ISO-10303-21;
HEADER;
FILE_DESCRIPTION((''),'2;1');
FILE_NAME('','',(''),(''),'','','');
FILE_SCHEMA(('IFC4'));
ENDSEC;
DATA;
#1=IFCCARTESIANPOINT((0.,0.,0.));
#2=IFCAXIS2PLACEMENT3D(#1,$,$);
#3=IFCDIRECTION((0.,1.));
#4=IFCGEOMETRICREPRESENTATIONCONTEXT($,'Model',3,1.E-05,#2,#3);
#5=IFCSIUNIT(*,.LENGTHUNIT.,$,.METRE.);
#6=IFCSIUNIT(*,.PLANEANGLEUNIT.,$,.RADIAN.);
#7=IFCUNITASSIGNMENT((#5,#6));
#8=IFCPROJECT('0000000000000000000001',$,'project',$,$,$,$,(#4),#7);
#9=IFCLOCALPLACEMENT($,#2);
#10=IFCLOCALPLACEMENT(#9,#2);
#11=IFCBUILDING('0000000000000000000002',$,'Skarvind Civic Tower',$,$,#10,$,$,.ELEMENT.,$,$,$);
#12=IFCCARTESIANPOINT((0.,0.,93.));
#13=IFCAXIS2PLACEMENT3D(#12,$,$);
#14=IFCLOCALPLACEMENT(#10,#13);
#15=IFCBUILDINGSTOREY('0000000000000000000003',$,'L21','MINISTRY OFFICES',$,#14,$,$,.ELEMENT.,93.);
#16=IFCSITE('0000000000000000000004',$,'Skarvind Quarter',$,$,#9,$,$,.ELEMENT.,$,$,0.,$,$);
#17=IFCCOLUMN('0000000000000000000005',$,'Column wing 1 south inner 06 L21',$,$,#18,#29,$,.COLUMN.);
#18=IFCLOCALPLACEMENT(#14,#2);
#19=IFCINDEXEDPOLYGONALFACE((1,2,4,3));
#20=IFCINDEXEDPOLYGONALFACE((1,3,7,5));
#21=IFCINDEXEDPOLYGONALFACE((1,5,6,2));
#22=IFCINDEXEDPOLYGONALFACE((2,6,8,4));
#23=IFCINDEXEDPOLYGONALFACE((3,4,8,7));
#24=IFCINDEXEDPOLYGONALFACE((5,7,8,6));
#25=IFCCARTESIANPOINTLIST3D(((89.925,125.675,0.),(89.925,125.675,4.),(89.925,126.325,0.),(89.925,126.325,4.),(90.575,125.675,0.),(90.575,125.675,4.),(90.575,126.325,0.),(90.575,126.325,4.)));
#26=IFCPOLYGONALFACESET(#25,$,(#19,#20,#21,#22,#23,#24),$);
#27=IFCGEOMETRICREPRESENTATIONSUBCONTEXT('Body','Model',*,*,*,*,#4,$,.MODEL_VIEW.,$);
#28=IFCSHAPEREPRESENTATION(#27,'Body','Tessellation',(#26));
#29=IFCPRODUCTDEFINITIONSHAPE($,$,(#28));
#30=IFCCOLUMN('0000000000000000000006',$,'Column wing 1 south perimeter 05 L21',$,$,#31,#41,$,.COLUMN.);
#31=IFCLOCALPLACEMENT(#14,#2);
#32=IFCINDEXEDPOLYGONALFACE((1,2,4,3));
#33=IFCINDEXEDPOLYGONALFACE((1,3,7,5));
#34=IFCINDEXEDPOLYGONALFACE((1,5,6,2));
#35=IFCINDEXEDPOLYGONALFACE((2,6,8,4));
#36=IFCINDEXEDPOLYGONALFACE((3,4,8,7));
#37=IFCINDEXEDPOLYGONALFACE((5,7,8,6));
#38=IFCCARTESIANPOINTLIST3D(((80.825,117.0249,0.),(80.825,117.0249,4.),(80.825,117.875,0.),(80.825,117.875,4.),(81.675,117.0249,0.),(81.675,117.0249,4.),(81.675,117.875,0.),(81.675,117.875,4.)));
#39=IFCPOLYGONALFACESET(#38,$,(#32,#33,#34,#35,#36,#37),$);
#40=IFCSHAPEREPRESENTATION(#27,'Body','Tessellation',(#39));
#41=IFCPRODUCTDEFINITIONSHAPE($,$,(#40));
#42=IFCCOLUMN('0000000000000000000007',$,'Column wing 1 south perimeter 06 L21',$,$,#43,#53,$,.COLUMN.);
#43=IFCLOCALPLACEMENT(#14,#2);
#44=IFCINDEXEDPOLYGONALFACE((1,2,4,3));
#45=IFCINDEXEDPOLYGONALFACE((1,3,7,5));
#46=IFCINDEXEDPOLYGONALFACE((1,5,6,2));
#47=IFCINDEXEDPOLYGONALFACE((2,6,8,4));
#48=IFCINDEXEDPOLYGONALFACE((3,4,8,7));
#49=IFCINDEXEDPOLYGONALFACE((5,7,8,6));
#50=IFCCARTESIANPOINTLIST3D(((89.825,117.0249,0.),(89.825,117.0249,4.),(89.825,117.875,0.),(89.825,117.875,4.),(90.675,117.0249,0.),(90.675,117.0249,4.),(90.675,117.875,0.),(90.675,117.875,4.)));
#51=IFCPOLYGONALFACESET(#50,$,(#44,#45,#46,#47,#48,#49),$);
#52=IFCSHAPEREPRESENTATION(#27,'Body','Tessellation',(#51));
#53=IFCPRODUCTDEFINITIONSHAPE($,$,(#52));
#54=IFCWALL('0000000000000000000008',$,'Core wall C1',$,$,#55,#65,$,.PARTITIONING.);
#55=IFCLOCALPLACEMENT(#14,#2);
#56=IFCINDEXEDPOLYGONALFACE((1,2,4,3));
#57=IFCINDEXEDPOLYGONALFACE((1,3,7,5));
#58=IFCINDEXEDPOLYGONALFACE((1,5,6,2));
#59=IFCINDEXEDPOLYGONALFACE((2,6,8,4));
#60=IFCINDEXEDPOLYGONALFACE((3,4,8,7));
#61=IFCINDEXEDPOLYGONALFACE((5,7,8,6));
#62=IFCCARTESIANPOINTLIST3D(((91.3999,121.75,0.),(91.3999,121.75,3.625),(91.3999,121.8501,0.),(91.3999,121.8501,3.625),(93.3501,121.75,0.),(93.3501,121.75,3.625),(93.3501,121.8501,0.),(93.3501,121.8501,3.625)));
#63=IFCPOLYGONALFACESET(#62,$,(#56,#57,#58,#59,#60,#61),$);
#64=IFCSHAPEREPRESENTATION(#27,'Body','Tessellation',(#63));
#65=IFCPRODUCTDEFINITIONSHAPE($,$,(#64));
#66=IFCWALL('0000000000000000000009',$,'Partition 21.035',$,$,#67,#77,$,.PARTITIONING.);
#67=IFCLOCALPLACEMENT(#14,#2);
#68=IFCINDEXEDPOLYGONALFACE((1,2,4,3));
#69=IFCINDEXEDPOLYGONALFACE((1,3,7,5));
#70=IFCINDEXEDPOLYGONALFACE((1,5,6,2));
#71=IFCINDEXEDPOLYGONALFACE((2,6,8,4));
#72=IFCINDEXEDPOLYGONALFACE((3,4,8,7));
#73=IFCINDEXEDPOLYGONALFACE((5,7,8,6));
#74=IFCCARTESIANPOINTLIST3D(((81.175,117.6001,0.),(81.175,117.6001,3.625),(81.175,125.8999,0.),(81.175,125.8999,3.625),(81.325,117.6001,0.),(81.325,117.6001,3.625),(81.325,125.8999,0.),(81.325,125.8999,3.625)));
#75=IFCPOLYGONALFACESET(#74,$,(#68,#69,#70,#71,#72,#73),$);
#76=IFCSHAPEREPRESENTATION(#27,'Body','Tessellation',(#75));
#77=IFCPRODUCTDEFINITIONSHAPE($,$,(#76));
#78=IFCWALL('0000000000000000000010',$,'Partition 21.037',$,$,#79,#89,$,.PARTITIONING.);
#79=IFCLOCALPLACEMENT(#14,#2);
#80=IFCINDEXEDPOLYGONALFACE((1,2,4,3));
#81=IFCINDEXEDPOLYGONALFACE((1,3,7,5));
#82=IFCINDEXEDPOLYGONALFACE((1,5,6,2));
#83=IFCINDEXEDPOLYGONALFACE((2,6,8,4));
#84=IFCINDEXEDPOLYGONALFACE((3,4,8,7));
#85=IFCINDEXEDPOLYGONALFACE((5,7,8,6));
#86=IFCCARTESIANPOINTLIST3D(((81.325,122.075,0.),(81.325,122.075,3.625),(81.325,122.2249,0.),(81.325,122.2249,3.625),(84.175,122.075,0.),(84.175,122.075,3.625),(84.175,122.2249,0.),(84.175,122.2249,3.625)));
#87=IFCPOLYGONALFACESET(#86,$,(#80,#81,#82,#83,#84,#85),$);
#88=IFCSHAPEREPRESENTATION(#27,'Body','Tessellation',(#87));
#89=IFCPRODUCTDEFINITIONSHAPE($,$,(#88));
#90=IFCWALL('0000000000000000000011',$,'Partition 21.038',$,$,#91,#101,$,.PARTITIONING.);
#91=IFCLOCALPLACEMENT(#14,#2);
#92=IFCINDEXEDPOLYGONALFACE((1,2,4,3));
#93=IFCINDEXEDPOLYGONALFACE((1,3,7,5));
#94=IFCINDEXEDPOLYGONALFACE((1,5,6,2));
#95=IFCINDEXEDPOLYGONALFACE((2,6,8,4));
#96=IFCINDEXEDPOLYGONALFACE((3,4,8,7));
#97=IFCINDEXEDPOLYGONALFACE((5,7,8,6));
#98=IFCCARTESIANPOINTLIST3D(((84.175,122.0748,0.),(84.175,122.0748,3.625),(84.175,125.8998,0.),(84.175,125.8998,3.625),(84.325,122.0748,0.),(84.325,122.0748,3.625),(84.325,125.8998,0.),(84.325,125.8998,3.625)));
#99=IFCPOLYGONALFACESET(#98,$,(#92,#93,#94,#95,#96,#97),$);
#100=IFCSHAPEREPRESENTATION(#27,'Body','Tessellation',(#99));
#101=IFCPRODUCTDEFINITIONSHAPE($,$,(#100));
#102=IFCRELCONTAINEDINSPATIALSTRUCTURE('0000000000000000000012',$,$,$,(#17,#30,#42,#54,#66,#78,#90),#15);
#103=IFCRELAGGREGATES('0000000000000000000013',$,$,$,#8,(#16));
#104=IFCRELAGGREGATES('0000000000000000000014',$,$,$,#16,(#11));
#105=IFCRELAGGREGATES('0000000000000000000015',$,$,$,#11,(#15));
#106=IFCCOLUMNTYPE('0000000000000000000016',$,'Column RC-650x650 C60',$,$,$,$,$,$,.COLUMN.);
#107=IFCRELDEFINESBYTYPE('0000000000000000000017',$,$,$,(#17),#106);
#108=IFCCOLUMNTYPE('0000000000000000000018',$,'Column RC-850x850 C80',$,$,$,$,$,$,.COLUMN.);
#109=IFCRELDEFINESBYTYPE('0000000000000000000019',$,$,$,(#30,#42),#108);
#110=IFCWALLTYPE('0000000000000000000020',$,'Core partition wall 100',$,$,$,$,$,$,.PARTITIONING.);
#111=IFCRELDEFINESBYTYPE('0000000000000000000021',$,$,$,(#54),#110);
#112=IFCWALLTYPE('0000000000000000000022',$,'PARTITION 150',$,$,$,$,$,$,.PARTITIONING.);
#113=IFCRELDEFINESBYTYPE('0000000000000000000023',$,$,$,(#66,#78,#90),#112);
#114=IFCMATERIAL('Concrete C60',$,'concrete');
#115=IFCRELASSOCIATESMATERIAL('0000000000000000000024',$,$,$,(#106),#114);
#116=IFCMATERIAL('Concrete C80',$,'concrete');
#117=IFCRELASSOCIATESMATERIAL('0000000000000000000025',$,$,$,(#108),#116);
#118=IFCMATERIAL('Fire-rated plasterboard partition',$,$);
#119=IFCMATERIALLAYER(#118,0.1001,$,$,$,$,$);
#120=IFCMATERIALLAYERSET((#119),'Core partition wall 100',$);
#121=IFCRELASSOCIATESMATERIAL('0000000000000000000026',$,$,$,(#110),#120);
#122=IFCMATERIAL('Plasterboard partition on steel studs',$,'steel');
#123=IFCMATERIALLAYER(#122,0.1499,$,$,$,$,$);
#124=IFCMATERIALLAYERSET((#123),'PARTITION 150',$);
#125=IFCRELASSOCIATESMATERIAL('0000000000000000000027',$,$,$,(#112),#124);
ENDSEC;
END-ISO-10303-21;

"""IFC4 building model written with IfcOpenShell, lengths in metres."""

from ifc_helpers import new_model, si_unit, direction, frame, frame_2d, origin, origin_2d, place, context, subcontext, project, spatial, rectangle, extrude, material, layer, layer_set, material_profile, profile_set, type_object, element, save


model = new_model("IFC4")

# Units and contexts
model_context = context("Model", 3, precision=1e-05, world=origin(), true_north=direction((0.0, 1.0)))
body_context = subcontext(model_context, "Body", "Model", "MODEL_VIEW")
ifc_project = project(units=[si_unit("LENGTHUNIT", "METRE"), si_unit("PLANEANGLEUNIT", "RADIAN")], contexts=[model_context])

# Site, building, storey
site_placement = place(None, origin())
site = spatial("IfcSite", under=ifc_project, at=site_placement, Name="Skarvind Quarter", CompositionType="ELEMENT", RefElevation=0.0)
building_placement = place(site_placement, origin())
building = spatial("IfcBuilding", under=site, at=building_placement, Name="Skarvind Civic Tower", CompositionType="ELEMENT")
storey_placement = place(building_placement, frame((0.0, 0.0, 93.0)))
storey = spatial("IfcBuildingStorey", under=building, at=storey_placement, Name="L21", Description="MINISTRY OFFICES", CompositionType="ELEMENT", Elevation=93.0)

# Columns
ifc_material_1 = material(Name="Concrete C60", Category="concrete")
ifc_material_profile_1 = material_profile(ifc_material_1, rectangle(XDim=0.6499, YDim=0.6499, at=origin_2d()), Name="RC-650x650")
ifc_profile_set_1 = profile_set([ifc_material_profile_1], Name="Concrete C60")
column_type_1 = type_object("IfcColumnType", Name="Column RC-650x650 C60", PredefinedType="COLUMN", material=ifc_profile_set_1)
column_placement = place(storey_placement, frame((90.25, 126.0, 0.0), z_axis=(0.0, 0.0, 1.0), x_axis=(1.0, 0.0, 0.0)))
element("IfcColumn", 1, at=column_placement, inside=storey, type_object=column_type_1, Name="Column wing 1 south inner 06 L21", PredefinedType="COLUMN", context=body_context, shape_type="SweptSolid", body=[
    extrude(rectangle(XDim=0.6499, YDim=0.6499, at=origin_2d()), origin(), (0.0, 0.0, 1.0), 4.0),
])
ifc_material_2 = material(Name="Concrete C80", Category="concrete")
ifc_material_profile_2 = material_profile(ifc_material_2, rectangle(XDim=0.8501, YDim=0.8501, at=origin_2d()), Name="RC-850x850")
ifc_profile_set_2 = profile_set([ifc_material_profile_2], Name="Concrete C80")
column_type_2 = type_object("IfcColumnType", Name="Column RC-850x850 C80", PredefinedType="COLUMN", material=ifc_profile_set_2)
for number, where, z_axis, x_axis, name in (
    (2, (81.25, 117.45, 0.0), (0.0, 0.0, 1.0), (1.0, 0.0, 0.0), "Column wing 1 south perimeter 05 L21"),
    (3, (90.25, 117.45, 0.0), (0.0, 0.0, 1.0), (1.0, 0.0, 0.0), "Column wing 1 south perimeter 06 L21"),
):
    element("IfcColumn", number, at=place(storey_placement, frame(where, z_axis=z_axis, x_axis=x_axis)), inside=storey, type_object=column_type_2, Name=name, PredefinedType="COLUMN", context=body_context, shape_type="SweptSolid", body=[
        extrude(rectangle(XDim=0.8501, YDim=0.8501, at=origin_2d()), origin(), (0.0, 0.0, 1.0), 4.0),
    ])

# Walls
ifc_material_3 = material(Name="Fire-rated plasterboard partition")
ifc_layer_1 = layer(ifc_material_3, 0.1001)
ifc_layer_set_1 = layer_set([ifc_layer_1], Name="Core partition wall 100")
wall_type_1 = type_object("IfcWallType", Name="Core partition wall 100", PredefinedType="PARTITIONING", material=ifc_layer_set_1)
wall_1_placement = place(storey_placement, frame((93.3501, 121.8, 0.0), z_axis=(0.0, 0.0, 1.0), x_axis=(-1.0, 0.0, 0.0)))
element("IfcWall", 4, at=wall_1_placement, inside=storey, type_object=wall_type_1, Name="Core wall C1", PredefinedType="PARTITIONING", context=body_context, shape_type="SweptSolid", body=[
    extrude(rectangle(XDim=1.9502, YDim=0.1001, at=frame_2d((0.9751, 0.0))), origin(), (0.0, 0.0, 1.0), 3.625),
])
ifc_material_4 = material(Name="Plasterboard partition on steel studs", Category="steel")
ifc_layer_2 = layer(ifc_material_4, 0.1499)
ifc_layer_set_2 = layer_set([ifc_layer_2], Name="PARTITION 150")
wall_type_2 = type_object("IfcWallType", Name="PARTITION 150", PredefinedType="PARTITIONING", material=ifc_layer_set_2)
wall_2_placement = place(storey_placement, frame((81.25, 117.6001, 0.0), z_axis=(0.0, 0.0, 1.0), x_axis=(0.0, 1.0, 0.0)))
element("IfcWall", 5, at=wall_2_placement, inside=storey, type_object=wall_type_2, Name="Partition 21.035", PredefinedType="PARTITIONING", context=body_context, shape_type="SweptSolid", body=[
    extrude(rectangle(XDim=8.2998, YDim=0.1499, at=frame_2d((4.1499, 0.0))), origin(), (0.0, 0.0, 1.0), 3.625),
])
wall_3_placement = place(storey_placement, frame((84.175, 122.1499, 0.0), z_axis=(0.0, 0.0, 1.0), x_axis=(-1.0, 0.0, 0.0)))
element("IfcWall", 6, at=wall_3_placement, inside=storey, type_object=wall_type_2, Name="Partition 21.037", PredefinedType="PARTITIONING", context=body_context, shape_type="SweptSolid", body=[
    extrude(rectangle(XDim=2.8501, YDim=0.1499, at=frame_2d((1.425, 0.0))), origin(), (0.0, 0.0, 1.0), 3.625),
])
wall_4_placement = place(storey_placement, frame((84.25, 125.8999, 0.0), z_axis=(0.0, 0.0, 1.0), x_axis=(0.0, -1.0, 0.0)))
element("IfcWall", 7, at=wall_4_placement, inside=storey, type_object=wall_type_2, Name="Partition 21.038", PredefinedType="PARTITIONING", context=body_context, shape_type="SweptSolid", body=[
    extrude(rectangle(XDim=3.825, YDim=0.1499, at=frame_2d((1.9126, 0.0))), origin(), (0.0, 0.0, 1.0), 3.625),
])

save(model, "model.ifc")
